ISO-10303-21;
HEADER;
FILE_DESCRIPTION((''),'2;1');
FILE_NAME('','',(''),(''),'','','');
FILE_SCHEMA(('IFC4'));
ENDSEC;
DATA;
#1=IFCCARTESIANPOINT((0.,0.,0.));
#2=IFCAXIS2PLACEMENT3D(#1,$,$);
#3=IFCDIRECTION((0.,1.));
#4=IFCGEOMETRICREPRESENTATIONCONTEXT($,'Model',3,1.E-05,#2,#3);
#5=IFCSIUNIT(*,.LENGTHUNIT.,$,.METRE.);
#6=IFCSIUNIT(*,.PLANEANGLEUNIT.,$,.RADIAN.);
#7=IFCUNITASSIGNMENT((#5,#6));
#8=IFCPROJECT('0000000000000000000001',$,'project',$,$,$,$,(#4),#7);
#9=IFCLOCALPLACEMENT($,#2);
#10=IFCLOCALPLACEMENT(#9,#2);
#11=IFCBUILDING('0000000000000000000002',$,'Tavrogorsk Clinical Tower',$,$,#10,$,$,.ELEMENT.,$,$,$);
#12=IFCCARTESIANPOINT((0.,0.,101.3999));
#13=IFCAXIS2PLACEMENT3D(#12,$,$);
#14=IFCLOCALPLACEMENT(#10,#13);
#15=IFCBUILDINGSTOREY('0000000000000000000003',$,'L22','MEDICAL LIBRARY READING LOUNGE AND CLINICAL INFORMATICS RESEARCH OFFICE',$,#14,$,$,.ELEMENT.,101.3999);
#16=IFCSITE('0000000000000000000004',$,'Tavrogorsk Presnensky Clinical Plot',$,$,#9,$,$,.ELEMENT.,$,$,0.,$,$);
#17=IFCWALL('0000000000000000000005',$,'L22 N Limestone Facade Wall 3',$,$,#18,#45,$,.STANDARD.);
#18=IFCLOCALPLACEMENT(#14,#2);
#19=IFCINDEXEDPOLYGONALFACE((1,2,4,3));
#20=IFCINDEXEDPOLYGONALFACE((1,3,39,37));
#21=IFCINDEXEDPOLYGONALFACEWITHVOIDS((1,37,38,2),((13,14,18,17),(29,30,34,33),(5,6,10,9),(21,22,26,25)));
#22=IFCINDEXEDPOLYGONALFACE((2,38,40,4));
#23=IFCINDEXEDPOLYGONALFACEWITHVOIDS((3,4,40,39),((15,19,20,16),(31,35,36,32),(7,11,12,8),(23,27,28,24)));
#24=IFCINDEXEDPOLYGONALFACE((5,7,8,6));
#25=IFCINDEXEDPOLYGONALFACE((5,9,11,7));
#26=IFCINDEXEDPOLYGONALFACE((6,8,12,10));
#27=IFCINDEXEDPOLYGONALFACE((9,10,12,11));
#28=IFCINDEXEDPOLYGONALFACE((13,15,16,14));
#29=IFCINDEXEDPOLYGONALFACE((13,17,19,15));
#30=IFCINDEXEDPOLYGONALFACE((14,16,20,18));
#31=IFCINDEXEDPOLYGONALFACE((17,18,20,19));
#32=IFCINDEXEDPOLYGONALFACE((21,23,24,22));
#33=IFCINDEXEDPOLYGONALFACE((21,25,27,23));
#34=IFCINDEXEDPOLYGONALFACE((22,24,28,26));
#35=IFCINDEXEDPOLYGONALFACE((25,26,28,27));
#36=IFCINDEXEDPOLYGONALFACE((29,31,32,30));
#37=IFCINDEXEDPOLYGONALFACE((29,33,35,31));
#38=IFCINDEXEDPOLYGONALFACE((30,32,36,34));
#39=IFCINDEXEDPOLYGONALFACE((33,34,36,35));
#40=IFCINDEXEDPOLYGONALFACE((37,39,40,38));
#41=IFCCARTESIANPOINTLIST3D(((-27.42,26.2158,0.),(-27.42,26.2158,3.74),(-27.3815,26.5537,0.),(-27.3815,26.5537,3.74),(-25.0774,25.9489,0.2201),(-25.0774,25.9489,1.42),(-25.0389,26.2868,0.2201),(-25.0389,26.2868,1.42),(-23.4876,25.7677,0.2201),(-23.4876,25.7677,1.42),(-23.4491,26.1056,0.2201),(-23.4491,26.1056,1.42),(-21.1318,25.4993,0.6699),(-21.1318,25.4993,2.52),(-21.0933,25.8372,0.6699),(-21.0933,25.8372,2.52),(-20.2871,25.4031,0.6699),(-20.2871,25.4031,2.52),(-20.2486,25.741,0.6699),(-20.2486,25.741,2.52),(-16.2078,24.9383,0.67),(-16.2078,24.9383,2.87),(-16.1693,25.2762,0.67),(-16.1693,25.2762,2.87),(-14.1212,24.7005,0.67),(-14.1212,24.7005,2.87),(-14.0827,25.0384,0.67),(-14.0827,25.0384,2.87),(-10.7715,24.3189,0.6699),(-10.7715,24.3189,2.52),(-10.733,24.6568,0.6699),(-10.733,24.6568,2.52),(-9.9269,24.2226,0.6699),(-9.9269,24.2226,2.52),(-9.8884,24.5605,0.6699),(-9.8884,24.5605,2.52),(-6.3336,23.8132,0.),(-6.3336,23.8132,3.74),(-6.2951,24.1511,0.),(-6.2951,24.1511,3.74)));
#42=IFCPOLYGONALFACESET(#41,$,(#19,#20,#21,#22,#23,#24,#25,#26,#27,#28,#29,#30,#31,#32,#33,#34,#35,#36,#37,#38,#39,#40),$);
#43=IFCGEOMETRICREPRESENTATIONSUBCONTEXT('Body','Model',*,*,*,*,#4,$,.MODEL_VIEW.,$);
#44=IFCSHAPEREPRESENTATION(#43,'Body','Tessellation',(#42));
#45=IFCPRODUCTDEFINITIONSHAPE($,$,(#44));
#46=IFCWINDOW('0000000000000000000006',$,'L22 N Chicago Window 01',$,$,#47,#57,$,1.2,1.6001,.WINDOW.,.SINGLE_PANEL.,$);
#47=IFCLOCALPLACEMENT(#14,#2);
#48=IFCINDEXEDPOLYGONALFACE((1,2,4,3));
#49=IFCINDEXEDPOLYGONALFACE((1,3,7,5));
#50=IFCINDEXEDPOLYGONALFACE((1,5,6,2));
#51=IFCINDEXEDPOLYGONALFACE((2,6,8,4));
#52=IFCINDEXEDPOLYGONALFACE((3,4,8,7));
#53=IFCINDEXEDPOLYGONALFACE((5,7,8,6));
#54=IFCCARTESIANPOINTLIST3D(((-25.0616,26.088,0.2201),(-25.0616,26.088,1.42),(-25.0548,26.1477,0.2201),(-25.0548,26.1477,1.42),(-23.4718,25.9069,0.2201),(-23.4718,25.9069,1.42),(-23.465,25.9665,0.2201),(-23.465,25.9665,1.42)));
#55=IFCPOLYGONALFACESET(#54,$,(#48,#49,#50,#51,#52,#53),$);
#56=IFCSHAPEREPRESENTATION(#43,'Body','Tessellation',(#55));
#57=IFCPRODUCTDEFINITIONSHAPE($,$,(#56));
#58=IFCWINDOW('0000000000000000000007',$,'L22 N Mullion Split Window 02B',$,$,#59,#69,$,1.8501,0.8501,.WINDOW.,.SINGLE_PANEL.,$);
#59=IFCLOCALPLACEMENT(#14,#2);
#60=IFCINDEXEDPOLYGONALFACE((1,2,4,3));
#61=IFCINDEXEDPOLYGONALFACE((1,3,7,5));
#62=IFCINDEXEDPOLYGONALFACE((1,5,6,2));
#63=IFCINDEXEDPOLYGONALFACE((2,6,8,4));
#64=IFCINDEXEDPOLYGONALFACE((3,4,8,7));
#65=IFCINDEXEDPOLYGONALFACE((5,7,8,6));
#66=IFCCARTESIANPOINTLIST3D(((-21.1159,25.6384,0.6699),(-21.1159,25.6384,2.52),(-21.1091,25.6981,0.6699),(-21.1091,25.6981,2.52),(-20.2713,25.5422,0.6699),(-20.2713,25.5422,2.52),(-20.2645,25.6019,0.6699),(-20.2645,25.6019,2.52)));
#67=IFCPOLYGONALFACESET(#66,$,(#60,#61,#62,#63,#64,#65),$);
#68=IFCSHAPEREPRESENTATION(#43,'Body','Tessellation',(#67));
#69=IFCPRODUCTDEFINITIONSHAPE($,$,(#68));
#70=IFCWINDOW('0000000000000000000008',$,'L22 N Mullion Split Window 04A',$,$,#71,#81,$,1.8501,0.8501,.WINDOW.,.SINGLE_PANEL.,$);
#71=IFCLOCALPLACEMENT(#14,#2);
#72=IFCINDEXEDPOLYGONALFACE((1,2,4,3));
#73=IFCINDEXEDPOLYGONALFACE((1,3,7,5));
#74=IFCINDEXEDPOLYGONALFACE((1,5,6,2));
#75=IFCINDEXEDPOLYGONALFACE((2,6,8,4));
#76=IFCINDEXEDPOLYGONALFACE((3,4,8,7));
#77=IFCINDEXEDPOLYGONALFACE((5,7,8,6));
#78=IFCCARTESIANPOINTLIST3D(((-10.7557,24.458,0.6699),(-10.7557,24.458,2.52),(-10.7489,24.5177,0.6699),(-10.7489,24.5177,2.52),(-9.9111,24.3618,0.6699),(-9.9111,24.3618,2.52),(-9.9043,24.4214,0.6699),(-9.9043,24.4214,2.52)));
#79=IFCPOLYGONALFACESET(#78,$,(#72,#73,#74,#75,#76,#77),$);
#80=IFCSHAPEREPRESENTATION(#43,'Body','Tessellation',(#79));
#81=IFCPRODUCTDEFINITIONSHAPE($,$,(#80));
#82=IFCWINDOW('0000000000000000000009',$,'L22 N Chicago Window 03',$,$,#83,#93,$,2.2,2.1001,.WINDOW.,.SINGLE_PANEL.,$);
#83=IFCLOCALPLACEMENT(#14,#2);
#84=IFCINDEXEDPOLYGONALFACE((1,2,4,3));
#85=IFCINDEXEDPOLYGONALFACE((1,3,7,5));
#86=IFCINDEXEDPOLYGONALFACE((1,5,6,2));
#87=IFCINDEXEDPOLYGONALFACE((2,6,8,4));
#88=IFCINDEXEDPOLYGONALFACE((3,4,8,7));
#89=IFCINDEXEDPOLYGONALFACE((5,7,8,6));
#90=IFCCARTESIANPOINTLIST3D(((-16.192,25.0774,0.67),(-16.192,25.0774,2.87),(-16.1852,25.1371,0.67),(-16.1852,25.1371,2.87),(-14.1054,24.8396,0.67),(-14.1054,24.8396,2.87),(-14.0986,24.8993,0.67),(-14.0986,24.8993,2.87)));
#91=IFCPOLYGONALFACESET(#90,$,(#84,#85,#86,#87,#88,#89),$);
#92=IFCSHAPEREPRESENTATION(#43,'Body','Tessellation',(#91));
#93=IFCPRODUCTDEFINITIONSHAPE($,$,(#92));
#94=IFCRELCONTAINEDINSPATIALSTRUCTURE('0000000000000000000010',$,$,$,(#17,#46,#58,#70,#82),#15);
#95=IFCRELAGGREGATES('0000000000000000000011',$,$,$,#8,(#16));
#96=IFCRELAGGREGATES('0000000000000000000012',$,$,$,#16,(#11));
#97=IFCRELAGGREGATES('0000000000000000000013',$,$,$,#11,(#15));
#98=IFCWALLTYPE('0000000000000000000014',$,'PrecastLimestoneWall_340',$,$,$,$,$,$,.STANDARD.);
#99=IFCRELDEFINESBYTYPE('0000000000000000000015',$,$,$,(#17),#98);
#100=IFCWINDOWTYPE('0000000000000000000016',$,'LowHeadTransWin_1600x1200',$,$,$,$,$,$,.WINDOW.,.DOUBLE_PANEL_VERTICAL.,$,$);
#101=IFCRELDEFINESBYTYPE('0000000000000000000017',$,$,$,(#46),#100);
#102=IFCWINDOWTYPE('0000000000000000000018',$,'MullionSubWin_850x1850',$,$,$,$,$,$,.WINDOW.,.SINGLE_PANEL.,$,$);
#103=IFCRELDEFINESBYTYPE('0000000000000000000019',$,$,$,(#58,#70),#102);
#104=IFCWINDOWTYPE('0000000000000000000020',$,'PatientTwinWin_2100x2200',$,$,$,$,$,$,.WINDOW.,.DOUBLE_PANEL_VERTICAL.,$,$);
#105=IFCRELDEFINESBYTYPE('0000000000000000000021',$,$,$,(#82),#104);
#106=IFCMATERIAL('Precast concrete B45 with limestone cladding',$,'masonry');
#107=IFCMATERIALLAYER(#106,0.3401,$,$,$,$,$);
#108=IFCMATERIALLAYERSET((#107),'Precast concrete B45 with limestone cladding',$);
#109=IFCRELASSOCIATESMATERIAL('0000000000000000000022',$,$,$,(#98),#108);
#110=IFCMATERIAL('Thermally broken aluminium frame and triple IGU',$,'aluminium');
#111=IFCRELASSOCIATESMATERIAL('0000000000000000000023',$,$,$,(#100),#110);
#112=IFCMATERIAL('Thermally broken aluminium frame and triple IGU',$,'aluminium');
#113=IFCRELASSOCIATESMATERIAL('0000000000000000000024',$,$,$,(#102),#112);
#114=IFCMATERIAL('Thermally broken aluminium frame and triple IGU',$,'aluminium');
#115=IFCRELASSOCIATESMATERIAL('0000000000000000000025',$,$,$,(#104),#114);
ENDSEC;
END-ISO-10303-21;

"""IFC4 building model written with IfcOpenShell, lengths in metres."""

from ifc_helpers import new_model, si_unit, direction, frame, frame_2d, origin, place, context, subcontext, project, spatial, rectangle, extrude, material, layer, layer_set, type_object, element, fill, save


model = new_model("IFC4")

# Units and contexts
model_context = context("Model", 3, precision=1e-05, world=origin(), true_north=direction((0.0, 1.0)))
body_context = subcontext(model_context, "Body", "Model", "MODEL_VIEW")
ifc_project = project(units=[si_unit("LENGTHUNIT", "METRE"), si_unit("PLANEANGLEUNIT", "RADIAN")], contexts=[model_context])

# Site, building, storey
site_placement = place(None, origin())
site = spatial("IfcSite", under=ifc_project, at=site_placement, Name="Tavrogorsk Presnensky Clinical Plot", CompositionType="ELEMENT", RefElevation=0.0)
building_placement = place(site_placement, origin())
building = spatial("IfcBuilding", under=site, at=building_placement, Name="Tavrogorsk Clinical Tower", CompositionType="ELEMENT")
storey_placement = place(building_placement, frame((0.0, 0.0, 101.3999)))
storey = spatial("IfcBuildingStorey", under=building, at=storey_placement, Name="L22", Description="MEDICAL LIBRARY READING LOUNGE AND CLINICAL INFORMATICS RESEARCH OFFICE", CompositionType="ELEMENT", Elevation=101.3999)

# Wall, openings, windows
ifc_material_1 = material(Name="Precast concrete B45 with limestone cladding", Category="masonry")
ifc_layer_1 = layer(ifc_material_1, 0.3401)
ifc_layer_set_1 = layer_set([ifc_layer_1], Name="Precast concrete B45 with limestone cladding")
wall_type_1 = type_object("IfcWallType", Name="PrecastLimestoneWall_340", PredefinedType="STANDARD", material=ifc_layer_set_1)
wall_1_placement = place(storey_placement, frame((-6.3145, 23.9822, 0.0), z_axis=(0.0, 0.0, 1.0), x_axis=(-0.993571, 0.113208, 0.0)))
wall_1 = element("IfcWall", 1, at=wall_1_placement, inside=storey, type_object=wall_type_1, Name="L22 N Limestone Facade Wall 3", PredefinedType="STANDARD", context=body_context, shape_type="SweptSolid", body=[
    extrude(rectangle(XDim=21.2229, YDim=0.3401, at=frame_2d((10.6113, 0.0))), origin(), (0.0, 0.0, 1.0), 3.74),
])
opening_1_placement = place(wall_1_placement, frame((17.2649, 0.0, 0.22)))
opening_1 = element("IfcOpeningElement", 2, at=opening_1_placement, cuts=wall_1, PredefinedType="OPENING", context=body_context, shape_type="SweptSolid", body=[
    extrude(rectangle(XDim=1.6001, YDim=1.2, at=frame_2d((0.8, 0.6001))), frame((0.0, 0.1799, 0.0), z_axis=(0.0, -1.0, 0.0), x_axis=(1.0, 0.0, 0.0)), (0.0, 0.0, 1.0), 0.3601),
])
opening_2_placement = place(wall_1_placement, frame((14.0437, 0.0, 0.6699)))
opening_2 = element("IfcOpeningElement", 3, at=opening_2_placement, cuts=wall_1, PredefinedType="OPENING", context=body_context, shape_type="SweptSolid", body=[
    extrude(rectangle(XDim=0.8501, YDim=1.8501, at=frame_2d((0.425, 0.925))), frame((0.0, 0.1799, 0.0), z_axis=(0.0, -1.0, 0.0), x_axis=(1.0, 0.0, 0.0)), (0.0, 0.0, 1.0), 0.3601),
])
opening_3_placement = place(wall_1_placement, frame((7.8379, 0.0, 0.6699)))
opening_3 = element("IfcOpeningElement", 4, at=opening_3_placement, cuts=wall_1, PredefinedType="OPENING", context=body_context, shape_type="SweptSolid", body=[
    extrude(rectangle(XDim=2.1001, YDim=2.2, at=frame_2d((1.05, 1.1001))), frame((0.0, 0.1799, 0.0), z_axis=(0.0, -1.0, 0.0), x_axis=(1.0, 0.0, 0.0)), (0.0, 0.0, 1.0), 0.3601),
])
opening_4_placement = place(wall_1_placement, frame((3.6165, 0.0, 0.6699)))
opening_4 = element("IfcOpeningElement", 5, at=opening_4_placement, cuts=wall_1, PredefinedType="OPENING", context=body_context, shape_type="SweptSolid", body=[
    extrude(rectangle(XDim=0.8501, YDim=1.8501, at=frame_2d((0.425, 0.925))), frame((0.0, 0.1799, 0.0), z_axis=(0.0, -1.0, 0.0), x_axis=(1.0, 0.0, 0.0)), (0.0, 0.0, 1.0), 0.3601),
])
ifc_material_2 = material(Name="Thermally broken aluminium frame and triple IGU", Category="aluminium")
window_type_1 = type_object("IfcWindowType", Name="LowHeadTransWin_1600x1200", PartitioningType="DOUBLE_PANEL_VERTICAL", PredefinedType="WINDOW", material=ifc_material_2)
window_1_placement = place(opening_1_placement, origin())
window_1 = element("IfcWindow", 6, at=window_1_placement, inside=storey, type_object=window_type_1, Name="L22 N Chicago Window 01", OverallHeight=1.2, OverallWidth=1.6001, PartitioningType="SINGLE_PANEL", PredefinedType="WINDOW", context=body_context, shape_type="SweptSolid", body=[
    extrude(rectangle(XDim=1.6001, YDim=1.2, at=frame_2d((0.8, 0.6001))), frame((0.0, 0.03, 0.0), z_axis=(0.0, -1.0, 0.0), x_axis=(1.0, 0.0, 0.0)), (0.0, 0.0, 1.0), 0.0601),
])
fill(opening_1, window_1)
ifc_material_3 = material(Name="Thermally broken aluminium frame and triple IGU", Category="aluminium")
window_type_2 = type_object("IfcWindowType", Name="MullionSubWin_850x1850", PartitioningType="SINGLE_PANEL", PredefinedType="WINDOW", material=ifc_material_3)
window_2_placement = place(opening_2_placement, origin())
window_2 = element("IfcWindow", 7, at=window_2_placement, inside=storey, type_object=window_type_2, Name="L22 N Mullion Split Window 02B", OverallHeight=1.8501, OverallWidth=0.8501, PartitioningType="SINGLE_PANEL", PredefinedType="WINDOW", context=body_context, shape_type="SweptSolid", body=[
    extrude(rectangle(XDim=0.8501, YDim=1.8501, at=frame_2d((0.425, 0.925))), frame((0.0, 0.03, 0.0), z_axis=(0.0, -1.0, 0.0), x_axis=(1.0, 0.0, 0.0)), (0.0, 0.0, 1.0), 0.0601),
])
fill(opening_2, window_2)
window_3_placement = place(opening_4_placement, origin())
window_3 = element("IfcWindow", 8, at=window_3_placement, inside=storey, type_object=window_type_2, Name="L22 N Mullion Split Window 04A", OverallHeight=1.8501, OverallWidth=0.8501, PartitioningType="SINGLE_PANEL", PredefinedType="WINDOW", context=body_context, shape_type="SweptSolid", body=[
    extrude(rectangle(XDim=0.8501, YDim=1.8501, at=frame_2d((0.425, 0.925))), frame((0.0, 0.03, 0.0), z_axis=(0.0, -1.0, 0.0), x_axis=(1.0, 0.0, 0.0)), (0.0, 0.0, 1.0), 0.0601),
])
fill(opening_4, window_3)
ifc_material_4 = material(Name="Thermally broken aluminium frame and triple IGU", Category="aluminium")
window_type_3 = type_object("IfcWindowType", Name="PatientTwinWin_2100x2200", PartitioningType="DOUBLE_PANEL_VERTICAL", PredefinedType="WINDOW", material=ifc_material_4)
window_4_placement = place(opening_3_placement, origin())
window_4 = element("IfcWindow", 9, at=window_4_placement, inside=storey, type_object=window_type_3, Name="L22 N Chicago Window 03", OverallHeight=2.2, OverallWidth=2.1001, PartitioningType="SINGLE_PANEL", PredefinedType="WINDOW", context=body_context, shape_type="SweptSolid", body=[
    extrude(rectangle(XDim=2.1001, YDim=2.2, at=frame_2d((1.05, 1.1001))), frame((0.0, 0.03, 0.0), z_axis=(0.0, -1.0, 0.0), x_axis=(1.0, 0.0, 0.0)), (0.0, 0.0, 1.0), 0.0601),
])
fill(opening_3, window_4)

save(model, "model.ifc")
